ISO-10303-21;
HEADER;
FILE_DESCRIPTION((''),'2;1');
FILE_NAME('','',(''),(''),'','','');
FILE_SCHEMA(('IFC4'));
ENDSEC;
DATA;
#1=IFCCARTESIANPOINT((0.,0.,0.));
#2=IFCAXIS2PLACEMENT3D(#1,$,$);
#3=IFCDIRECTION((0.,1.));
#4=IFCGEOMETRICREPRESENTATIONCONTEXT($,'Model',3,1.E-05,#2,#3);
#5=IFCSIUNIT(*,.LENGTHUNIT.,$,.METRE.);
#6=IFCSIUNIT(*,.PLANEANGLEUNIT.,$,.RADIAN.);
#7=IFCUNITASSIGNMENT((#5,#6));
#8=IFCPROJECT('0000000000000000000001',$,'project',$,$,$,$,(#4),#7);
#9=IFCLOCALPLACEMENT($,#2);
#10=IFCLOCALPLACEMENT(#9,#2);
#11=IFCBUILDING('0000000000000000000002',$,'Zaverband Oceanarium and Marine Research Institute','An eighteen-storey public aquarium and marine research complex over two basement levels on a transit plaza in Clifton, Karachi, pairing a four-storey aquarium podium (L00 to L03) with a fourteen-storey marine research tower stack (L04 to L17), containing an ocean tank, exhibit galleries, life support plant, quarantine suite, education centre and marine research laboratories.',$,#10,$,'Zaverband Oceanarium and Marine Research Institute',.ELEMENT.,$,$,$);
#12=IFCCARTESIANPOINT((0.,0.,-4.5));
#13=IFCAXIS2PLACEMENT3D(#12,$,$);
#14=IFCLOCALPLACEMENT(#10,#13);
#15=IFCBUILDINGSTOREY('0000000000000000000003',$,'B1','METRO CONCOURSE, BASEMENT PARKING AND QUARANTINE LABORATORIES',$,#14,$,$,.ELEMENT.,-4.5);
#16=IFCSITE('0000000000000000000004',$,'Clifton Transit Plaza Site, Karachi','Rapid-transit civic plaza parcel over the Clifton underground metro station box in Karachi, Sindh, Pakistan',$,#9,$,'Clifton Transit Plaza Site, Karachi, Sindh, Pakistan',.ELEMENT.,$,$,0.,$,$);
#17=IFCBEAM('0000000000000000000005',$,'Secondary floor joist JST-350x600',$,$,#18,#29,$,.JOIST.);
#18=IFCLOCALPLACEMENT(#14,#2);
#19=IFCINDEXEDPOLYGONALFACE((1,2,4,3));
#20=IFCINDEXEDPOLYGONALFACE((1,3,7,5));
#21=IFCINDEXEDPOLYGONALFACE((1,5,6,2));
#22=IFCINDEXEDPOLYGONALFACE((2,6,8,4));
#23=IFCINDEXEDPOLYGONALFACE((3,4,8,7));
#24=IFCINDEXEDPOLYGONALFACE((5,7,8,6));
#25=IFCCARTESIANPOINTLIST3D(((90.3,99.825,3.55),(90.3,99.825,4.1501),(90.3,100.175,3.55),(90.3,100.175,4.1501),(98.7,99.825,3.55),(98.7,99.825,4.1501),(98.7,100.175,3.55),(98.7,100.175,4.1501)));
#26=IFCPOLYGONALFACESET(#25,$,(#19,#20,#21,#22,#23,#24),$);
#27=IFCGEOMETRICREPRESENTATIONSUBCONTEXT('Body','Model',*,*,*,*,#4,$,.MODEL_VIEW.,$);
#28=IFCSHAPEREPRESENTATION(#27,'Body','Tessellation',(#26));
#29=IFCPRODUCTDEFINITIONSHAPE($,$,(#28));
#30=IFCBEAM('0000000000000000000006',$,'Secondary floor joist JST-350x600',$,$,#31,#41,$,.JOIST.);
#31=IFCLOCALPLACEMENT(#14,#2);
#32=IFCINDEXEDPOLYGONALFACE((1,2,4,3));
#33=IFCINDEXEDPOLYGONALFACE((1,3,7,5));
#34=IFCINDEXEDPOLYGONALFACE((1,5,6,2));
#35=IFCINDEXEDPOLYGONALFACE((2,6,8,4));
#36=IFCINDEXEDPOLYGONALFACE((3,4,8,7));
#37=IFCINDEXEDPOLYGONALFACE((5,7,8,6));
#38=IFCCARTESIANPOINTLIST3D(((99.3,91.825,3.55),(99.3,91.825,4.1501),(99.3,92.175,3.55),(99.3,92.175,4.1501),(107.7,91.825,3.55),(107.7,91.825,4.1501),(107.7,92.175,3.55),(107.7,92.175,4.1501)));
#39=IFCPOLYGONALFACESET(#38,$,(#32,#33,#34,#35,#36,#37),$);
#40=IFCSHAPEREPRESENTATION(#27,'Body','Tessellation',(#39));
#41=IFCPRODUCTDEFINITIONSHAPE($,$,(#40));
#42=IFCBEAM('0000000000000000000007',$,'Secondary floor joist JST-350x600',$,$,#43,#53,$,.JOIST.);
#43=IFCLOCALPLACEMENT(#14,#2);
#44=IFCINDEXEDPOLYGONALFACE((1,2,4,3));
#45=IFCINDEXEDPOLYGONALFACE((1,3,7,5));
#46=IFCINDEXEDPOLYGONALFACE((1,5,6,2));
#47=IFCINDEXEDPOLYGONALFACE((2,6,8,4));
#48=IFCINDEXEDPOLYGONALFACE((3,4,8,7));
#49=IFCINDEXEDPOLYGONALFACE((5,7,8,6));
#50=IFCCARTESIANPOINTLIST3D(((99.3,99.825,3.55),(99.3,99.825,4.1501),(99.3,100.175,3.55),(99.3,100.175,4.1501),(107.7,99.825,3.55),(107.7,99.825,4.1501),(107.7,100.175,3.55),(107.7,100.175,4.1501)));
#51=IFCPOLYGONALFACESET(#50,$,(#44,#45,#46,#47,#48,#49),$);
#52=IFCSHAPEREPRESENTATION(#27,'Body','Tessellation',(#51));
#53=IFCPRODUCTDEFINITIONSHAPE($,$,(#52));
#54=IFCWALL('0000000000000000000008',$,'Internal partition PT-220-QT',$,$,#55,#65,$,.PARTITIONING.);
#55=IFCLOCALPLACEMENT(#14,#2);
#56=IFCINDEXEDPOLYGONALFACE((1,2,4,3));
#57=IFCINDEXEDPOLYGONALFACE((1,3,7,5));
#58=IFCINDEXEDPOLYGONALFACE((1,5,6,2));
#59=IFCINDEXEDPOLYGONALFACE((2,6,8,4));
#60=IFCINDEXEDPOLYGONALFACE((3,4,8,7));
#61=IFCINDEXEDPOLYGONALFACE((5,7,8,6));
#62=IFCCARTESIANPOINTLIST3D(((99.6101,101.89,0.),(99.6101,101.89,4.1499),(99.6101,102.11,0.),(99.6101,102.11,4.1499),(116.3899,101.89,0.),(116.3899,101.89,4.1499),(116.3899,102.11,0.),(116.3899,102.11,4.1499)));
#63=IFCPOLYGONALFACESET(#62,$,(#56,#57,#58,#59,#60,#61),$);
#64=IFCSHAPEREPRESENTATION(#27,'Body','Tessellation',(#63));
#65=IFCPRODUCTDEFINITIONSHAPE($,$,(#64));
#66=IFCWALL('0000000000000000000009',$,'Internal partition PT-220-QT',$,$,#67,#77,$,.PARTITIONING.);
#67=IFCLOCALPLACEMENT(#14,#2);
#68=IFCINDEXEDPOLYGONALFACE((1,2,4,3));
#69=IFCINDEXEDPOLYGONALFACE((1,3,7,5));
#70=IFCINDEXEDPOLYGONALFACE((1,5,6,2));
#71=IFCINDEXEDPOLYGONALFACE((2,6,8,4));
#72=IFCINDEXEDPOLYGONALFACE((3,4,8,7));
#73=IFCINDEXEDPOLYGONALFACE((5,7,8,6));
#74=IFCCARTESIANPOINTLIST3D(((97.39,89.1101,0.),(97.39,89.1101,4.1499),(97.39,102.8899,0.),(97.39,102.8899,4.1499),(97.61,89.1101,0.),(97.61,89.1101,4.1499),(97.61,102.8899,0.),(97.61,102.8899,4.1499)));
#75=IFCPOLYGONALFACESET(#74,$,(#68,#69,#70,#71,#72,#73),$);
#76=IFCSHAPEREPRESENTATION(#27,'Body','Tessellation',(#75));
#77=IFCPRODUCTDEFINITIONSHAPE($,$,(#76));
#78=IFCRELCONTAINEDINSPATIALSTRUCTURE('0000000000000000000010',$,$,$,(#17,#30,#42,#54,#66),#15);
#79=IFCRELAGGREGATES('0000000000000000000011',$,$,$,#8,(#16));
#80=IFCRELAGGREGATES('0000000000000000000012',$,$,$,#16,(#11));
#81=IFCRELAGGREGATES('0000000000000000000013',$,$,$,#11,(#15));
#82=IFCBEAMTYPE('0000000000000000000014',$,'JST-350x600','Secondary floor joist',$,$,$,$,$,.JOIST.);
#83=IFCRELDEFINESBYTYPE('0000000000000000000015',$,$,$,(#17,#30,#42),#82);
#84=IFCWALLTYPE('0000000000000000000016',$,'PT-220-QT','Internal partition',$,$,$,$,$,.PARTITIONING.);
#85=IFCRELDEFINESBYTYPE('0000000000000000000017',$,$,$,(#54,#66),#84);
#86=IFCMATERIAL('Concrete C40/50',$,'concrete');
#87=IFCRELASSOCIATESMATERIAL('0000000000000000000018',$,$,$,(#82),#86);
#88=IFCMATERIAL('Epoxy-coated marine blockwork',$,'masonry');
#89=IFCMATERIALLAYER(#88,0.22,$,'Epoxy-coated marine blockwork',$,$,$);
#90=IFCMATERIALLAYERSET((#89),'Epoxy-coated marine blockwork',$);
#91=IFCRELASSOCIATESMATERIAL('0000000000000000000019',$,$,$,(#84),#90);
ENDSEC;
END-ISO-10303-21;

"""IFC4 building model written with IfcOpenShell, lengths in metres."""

from ifc_helpers import new_model, si_unit, direction, frame, frame_2d, origin, origin_2d, place, context, subcontext, project, spatial, rectangle, extrude, material, layer, layer_set, material_profile, profile_set, type_object, element, save


model = new_model("IFC4")

# Units and contexts
model_context = context("Model", 3, precision=1e-05, world=origin(), true_north=direction((0.0, 1.0)))
body_context = subcontext(model_context, "Body", "Model", "MODEL_VIEW")
ifc_project = project(units=[si_unit("LENGTHUNIT", "METRE"), si_unit("PLANEANGLEUNIT", "RADIAN")], contexts=[model_context])

# Site, building, storey
site_placement = place(None, origin())
site = spatial("IfcSite", under=ifc_project, at=site_placement, Name="Clifton Transit Plaza Site, Karachi", Description="Rapid-transit civic plaza parcel over the Clifton underground metro station box in Karachi, Sindh, Pakistan", LongName="Clifton Transit Plaza Site, Karachi, Sindh, Pakistan", CompositionType="ELEMENT", RefElevation=0.0)
building_placement = place(site_placement, origin())
building = spatial("IfcBuilding", under=site, at=building_placement, Name="Zaverband Oceanarium and Marine Research Institute", Description="An eighteen-storey public aquarium and marine research complex over two basement levels on a transit plaza in Clifton, Karachi, pairing a four-storey aquarium podium (L00 to L03) with a fourteen-storey marine research tower stack (L04 to L17), containing an ocean tank, exhibit galleries, life support plant, quarantine suite, education centre and marine research laboratories.", LongName="Zaverband Oceanarium and Marine Research Institute", CompositionType="ELEMENT")
storey_placement = place(building_placement, frame((0.0, 0.0, -4.5)))
storey = spatial("IfcBuildingStorey", under=building, at=storey_placement, Name="B1", Description="METRO CONCOURSE, BASEMENT PARKING AND QUARANTINE LABORATORIES", CompositionType="ELEMENT", Elevation=-4.5)

# Beams
ifc_material_1 = material(Name="Concrete C40/50", Category="concrete")
ifc_material_profile_1 = material_profile(ifc_material_1, rectangle(XDim=0.3501, YDim=0.6001, at=origin_2d()), Name="RC350x600")
ifc_profile_set_1 = profile_set([ifc_material_profile_1], Name="Concrete C40/50")
beam_type_1 = type_object("IfcBeamType", Name="JST-350x600", Description="Secondary floor joist", PredefinedType="JOIST", material=ifc_profile_set_1)
for number, where, z_axis, x_axis, name in (
    (1, (90.3, 100.0, 3.8501), (1.0, 0.0, 0.0), (0.0, 1.0, 0.0), "Secondary floor joist JST-350x600"),
    (2, (99.3, 92.0, 3.8501), (1.0, 0.0, 0.0), (0.0, 1.0, 0.0), "Secondary floor joist JST-350x600"),
    (3, (99.3, 100.0, 3.8501), (1.0, 0.0, 0.0), (0.0, 1.0, 0.0), "Secondary floor joist JST-350x600"),
):
    element("IfcBeam", number, at=place(storey_placement, frame(where, z_axis=z_axis, x_axis=x_axis)), inside=storey, type_object=beam_type_1, Name=name, PredefinedType="JOIST", context=body_context, shape_type="SweptSolid", body=[
        extrude(rectangle(XDim=0.3501, YDim=0.6001, at=origin_2d()), origin(), (0.0, 0.0, 1.0), 8.3999),
    ])

# Walls
ifc_material_2 = material(Name="Epoxy-coated marine blockwork", Category="masonry")
ifc_layer = layer(ifc_material_2, 0.22, Name="Epoxy-coated marine blockwork")
ifc_layer_set = layer_set([ifc_layer], Name="Epoxy-coated marine blockwork")
wall_type = type_object("IfcWallType", Name="PT-220-QT", Description="Internal partition", PredefinedType="PARTITIONING", material=ifc_layer_set)
wall_1_placement = place(storey_placement, frame((99.6101, 102.0, 0.0), z_axis=(0.0, 0.0, 1.0), x_axis=(1.0, 0.0, 0.0)))
element("IfcWall", 4, at=wall_1_placement, inside=storey, type_object=wall_type, Name="Internal partition PT-220-QT", PredefinedType="PARTITIONING", context=body_context, shape_type="SweptSolid", body=[
    extrude(rectangle(XDim=16.7798, YDim=0.22, at=frame_2d((8.3899, 0.0))), origin(), (0.0, 0.0, 1.0), 4.1499),
])
wall_2_placement = place(storey_placement, frame((97.5, 89.1101, 0.0), z_axis=(0.0, 0.0, 1.0), x_axis=(0.0, 1.0, 0.0)))
element("IfcWall", 5, at=wall_2_placement, inside=storey, type_object=wall_type, Name="Internal partition PT-220-QT", PredefinedType="PARTITIONING", context=body_context, shape_type="SweptSolid", body=[
    extrude(rectangle(XDim=13.7798, YDim=0.22, at=frame_2d((6.8899, 0.0))), origin(), (0.0, 0.0, 1.0), 4.1499),
])

save(model, "model.ifc")
